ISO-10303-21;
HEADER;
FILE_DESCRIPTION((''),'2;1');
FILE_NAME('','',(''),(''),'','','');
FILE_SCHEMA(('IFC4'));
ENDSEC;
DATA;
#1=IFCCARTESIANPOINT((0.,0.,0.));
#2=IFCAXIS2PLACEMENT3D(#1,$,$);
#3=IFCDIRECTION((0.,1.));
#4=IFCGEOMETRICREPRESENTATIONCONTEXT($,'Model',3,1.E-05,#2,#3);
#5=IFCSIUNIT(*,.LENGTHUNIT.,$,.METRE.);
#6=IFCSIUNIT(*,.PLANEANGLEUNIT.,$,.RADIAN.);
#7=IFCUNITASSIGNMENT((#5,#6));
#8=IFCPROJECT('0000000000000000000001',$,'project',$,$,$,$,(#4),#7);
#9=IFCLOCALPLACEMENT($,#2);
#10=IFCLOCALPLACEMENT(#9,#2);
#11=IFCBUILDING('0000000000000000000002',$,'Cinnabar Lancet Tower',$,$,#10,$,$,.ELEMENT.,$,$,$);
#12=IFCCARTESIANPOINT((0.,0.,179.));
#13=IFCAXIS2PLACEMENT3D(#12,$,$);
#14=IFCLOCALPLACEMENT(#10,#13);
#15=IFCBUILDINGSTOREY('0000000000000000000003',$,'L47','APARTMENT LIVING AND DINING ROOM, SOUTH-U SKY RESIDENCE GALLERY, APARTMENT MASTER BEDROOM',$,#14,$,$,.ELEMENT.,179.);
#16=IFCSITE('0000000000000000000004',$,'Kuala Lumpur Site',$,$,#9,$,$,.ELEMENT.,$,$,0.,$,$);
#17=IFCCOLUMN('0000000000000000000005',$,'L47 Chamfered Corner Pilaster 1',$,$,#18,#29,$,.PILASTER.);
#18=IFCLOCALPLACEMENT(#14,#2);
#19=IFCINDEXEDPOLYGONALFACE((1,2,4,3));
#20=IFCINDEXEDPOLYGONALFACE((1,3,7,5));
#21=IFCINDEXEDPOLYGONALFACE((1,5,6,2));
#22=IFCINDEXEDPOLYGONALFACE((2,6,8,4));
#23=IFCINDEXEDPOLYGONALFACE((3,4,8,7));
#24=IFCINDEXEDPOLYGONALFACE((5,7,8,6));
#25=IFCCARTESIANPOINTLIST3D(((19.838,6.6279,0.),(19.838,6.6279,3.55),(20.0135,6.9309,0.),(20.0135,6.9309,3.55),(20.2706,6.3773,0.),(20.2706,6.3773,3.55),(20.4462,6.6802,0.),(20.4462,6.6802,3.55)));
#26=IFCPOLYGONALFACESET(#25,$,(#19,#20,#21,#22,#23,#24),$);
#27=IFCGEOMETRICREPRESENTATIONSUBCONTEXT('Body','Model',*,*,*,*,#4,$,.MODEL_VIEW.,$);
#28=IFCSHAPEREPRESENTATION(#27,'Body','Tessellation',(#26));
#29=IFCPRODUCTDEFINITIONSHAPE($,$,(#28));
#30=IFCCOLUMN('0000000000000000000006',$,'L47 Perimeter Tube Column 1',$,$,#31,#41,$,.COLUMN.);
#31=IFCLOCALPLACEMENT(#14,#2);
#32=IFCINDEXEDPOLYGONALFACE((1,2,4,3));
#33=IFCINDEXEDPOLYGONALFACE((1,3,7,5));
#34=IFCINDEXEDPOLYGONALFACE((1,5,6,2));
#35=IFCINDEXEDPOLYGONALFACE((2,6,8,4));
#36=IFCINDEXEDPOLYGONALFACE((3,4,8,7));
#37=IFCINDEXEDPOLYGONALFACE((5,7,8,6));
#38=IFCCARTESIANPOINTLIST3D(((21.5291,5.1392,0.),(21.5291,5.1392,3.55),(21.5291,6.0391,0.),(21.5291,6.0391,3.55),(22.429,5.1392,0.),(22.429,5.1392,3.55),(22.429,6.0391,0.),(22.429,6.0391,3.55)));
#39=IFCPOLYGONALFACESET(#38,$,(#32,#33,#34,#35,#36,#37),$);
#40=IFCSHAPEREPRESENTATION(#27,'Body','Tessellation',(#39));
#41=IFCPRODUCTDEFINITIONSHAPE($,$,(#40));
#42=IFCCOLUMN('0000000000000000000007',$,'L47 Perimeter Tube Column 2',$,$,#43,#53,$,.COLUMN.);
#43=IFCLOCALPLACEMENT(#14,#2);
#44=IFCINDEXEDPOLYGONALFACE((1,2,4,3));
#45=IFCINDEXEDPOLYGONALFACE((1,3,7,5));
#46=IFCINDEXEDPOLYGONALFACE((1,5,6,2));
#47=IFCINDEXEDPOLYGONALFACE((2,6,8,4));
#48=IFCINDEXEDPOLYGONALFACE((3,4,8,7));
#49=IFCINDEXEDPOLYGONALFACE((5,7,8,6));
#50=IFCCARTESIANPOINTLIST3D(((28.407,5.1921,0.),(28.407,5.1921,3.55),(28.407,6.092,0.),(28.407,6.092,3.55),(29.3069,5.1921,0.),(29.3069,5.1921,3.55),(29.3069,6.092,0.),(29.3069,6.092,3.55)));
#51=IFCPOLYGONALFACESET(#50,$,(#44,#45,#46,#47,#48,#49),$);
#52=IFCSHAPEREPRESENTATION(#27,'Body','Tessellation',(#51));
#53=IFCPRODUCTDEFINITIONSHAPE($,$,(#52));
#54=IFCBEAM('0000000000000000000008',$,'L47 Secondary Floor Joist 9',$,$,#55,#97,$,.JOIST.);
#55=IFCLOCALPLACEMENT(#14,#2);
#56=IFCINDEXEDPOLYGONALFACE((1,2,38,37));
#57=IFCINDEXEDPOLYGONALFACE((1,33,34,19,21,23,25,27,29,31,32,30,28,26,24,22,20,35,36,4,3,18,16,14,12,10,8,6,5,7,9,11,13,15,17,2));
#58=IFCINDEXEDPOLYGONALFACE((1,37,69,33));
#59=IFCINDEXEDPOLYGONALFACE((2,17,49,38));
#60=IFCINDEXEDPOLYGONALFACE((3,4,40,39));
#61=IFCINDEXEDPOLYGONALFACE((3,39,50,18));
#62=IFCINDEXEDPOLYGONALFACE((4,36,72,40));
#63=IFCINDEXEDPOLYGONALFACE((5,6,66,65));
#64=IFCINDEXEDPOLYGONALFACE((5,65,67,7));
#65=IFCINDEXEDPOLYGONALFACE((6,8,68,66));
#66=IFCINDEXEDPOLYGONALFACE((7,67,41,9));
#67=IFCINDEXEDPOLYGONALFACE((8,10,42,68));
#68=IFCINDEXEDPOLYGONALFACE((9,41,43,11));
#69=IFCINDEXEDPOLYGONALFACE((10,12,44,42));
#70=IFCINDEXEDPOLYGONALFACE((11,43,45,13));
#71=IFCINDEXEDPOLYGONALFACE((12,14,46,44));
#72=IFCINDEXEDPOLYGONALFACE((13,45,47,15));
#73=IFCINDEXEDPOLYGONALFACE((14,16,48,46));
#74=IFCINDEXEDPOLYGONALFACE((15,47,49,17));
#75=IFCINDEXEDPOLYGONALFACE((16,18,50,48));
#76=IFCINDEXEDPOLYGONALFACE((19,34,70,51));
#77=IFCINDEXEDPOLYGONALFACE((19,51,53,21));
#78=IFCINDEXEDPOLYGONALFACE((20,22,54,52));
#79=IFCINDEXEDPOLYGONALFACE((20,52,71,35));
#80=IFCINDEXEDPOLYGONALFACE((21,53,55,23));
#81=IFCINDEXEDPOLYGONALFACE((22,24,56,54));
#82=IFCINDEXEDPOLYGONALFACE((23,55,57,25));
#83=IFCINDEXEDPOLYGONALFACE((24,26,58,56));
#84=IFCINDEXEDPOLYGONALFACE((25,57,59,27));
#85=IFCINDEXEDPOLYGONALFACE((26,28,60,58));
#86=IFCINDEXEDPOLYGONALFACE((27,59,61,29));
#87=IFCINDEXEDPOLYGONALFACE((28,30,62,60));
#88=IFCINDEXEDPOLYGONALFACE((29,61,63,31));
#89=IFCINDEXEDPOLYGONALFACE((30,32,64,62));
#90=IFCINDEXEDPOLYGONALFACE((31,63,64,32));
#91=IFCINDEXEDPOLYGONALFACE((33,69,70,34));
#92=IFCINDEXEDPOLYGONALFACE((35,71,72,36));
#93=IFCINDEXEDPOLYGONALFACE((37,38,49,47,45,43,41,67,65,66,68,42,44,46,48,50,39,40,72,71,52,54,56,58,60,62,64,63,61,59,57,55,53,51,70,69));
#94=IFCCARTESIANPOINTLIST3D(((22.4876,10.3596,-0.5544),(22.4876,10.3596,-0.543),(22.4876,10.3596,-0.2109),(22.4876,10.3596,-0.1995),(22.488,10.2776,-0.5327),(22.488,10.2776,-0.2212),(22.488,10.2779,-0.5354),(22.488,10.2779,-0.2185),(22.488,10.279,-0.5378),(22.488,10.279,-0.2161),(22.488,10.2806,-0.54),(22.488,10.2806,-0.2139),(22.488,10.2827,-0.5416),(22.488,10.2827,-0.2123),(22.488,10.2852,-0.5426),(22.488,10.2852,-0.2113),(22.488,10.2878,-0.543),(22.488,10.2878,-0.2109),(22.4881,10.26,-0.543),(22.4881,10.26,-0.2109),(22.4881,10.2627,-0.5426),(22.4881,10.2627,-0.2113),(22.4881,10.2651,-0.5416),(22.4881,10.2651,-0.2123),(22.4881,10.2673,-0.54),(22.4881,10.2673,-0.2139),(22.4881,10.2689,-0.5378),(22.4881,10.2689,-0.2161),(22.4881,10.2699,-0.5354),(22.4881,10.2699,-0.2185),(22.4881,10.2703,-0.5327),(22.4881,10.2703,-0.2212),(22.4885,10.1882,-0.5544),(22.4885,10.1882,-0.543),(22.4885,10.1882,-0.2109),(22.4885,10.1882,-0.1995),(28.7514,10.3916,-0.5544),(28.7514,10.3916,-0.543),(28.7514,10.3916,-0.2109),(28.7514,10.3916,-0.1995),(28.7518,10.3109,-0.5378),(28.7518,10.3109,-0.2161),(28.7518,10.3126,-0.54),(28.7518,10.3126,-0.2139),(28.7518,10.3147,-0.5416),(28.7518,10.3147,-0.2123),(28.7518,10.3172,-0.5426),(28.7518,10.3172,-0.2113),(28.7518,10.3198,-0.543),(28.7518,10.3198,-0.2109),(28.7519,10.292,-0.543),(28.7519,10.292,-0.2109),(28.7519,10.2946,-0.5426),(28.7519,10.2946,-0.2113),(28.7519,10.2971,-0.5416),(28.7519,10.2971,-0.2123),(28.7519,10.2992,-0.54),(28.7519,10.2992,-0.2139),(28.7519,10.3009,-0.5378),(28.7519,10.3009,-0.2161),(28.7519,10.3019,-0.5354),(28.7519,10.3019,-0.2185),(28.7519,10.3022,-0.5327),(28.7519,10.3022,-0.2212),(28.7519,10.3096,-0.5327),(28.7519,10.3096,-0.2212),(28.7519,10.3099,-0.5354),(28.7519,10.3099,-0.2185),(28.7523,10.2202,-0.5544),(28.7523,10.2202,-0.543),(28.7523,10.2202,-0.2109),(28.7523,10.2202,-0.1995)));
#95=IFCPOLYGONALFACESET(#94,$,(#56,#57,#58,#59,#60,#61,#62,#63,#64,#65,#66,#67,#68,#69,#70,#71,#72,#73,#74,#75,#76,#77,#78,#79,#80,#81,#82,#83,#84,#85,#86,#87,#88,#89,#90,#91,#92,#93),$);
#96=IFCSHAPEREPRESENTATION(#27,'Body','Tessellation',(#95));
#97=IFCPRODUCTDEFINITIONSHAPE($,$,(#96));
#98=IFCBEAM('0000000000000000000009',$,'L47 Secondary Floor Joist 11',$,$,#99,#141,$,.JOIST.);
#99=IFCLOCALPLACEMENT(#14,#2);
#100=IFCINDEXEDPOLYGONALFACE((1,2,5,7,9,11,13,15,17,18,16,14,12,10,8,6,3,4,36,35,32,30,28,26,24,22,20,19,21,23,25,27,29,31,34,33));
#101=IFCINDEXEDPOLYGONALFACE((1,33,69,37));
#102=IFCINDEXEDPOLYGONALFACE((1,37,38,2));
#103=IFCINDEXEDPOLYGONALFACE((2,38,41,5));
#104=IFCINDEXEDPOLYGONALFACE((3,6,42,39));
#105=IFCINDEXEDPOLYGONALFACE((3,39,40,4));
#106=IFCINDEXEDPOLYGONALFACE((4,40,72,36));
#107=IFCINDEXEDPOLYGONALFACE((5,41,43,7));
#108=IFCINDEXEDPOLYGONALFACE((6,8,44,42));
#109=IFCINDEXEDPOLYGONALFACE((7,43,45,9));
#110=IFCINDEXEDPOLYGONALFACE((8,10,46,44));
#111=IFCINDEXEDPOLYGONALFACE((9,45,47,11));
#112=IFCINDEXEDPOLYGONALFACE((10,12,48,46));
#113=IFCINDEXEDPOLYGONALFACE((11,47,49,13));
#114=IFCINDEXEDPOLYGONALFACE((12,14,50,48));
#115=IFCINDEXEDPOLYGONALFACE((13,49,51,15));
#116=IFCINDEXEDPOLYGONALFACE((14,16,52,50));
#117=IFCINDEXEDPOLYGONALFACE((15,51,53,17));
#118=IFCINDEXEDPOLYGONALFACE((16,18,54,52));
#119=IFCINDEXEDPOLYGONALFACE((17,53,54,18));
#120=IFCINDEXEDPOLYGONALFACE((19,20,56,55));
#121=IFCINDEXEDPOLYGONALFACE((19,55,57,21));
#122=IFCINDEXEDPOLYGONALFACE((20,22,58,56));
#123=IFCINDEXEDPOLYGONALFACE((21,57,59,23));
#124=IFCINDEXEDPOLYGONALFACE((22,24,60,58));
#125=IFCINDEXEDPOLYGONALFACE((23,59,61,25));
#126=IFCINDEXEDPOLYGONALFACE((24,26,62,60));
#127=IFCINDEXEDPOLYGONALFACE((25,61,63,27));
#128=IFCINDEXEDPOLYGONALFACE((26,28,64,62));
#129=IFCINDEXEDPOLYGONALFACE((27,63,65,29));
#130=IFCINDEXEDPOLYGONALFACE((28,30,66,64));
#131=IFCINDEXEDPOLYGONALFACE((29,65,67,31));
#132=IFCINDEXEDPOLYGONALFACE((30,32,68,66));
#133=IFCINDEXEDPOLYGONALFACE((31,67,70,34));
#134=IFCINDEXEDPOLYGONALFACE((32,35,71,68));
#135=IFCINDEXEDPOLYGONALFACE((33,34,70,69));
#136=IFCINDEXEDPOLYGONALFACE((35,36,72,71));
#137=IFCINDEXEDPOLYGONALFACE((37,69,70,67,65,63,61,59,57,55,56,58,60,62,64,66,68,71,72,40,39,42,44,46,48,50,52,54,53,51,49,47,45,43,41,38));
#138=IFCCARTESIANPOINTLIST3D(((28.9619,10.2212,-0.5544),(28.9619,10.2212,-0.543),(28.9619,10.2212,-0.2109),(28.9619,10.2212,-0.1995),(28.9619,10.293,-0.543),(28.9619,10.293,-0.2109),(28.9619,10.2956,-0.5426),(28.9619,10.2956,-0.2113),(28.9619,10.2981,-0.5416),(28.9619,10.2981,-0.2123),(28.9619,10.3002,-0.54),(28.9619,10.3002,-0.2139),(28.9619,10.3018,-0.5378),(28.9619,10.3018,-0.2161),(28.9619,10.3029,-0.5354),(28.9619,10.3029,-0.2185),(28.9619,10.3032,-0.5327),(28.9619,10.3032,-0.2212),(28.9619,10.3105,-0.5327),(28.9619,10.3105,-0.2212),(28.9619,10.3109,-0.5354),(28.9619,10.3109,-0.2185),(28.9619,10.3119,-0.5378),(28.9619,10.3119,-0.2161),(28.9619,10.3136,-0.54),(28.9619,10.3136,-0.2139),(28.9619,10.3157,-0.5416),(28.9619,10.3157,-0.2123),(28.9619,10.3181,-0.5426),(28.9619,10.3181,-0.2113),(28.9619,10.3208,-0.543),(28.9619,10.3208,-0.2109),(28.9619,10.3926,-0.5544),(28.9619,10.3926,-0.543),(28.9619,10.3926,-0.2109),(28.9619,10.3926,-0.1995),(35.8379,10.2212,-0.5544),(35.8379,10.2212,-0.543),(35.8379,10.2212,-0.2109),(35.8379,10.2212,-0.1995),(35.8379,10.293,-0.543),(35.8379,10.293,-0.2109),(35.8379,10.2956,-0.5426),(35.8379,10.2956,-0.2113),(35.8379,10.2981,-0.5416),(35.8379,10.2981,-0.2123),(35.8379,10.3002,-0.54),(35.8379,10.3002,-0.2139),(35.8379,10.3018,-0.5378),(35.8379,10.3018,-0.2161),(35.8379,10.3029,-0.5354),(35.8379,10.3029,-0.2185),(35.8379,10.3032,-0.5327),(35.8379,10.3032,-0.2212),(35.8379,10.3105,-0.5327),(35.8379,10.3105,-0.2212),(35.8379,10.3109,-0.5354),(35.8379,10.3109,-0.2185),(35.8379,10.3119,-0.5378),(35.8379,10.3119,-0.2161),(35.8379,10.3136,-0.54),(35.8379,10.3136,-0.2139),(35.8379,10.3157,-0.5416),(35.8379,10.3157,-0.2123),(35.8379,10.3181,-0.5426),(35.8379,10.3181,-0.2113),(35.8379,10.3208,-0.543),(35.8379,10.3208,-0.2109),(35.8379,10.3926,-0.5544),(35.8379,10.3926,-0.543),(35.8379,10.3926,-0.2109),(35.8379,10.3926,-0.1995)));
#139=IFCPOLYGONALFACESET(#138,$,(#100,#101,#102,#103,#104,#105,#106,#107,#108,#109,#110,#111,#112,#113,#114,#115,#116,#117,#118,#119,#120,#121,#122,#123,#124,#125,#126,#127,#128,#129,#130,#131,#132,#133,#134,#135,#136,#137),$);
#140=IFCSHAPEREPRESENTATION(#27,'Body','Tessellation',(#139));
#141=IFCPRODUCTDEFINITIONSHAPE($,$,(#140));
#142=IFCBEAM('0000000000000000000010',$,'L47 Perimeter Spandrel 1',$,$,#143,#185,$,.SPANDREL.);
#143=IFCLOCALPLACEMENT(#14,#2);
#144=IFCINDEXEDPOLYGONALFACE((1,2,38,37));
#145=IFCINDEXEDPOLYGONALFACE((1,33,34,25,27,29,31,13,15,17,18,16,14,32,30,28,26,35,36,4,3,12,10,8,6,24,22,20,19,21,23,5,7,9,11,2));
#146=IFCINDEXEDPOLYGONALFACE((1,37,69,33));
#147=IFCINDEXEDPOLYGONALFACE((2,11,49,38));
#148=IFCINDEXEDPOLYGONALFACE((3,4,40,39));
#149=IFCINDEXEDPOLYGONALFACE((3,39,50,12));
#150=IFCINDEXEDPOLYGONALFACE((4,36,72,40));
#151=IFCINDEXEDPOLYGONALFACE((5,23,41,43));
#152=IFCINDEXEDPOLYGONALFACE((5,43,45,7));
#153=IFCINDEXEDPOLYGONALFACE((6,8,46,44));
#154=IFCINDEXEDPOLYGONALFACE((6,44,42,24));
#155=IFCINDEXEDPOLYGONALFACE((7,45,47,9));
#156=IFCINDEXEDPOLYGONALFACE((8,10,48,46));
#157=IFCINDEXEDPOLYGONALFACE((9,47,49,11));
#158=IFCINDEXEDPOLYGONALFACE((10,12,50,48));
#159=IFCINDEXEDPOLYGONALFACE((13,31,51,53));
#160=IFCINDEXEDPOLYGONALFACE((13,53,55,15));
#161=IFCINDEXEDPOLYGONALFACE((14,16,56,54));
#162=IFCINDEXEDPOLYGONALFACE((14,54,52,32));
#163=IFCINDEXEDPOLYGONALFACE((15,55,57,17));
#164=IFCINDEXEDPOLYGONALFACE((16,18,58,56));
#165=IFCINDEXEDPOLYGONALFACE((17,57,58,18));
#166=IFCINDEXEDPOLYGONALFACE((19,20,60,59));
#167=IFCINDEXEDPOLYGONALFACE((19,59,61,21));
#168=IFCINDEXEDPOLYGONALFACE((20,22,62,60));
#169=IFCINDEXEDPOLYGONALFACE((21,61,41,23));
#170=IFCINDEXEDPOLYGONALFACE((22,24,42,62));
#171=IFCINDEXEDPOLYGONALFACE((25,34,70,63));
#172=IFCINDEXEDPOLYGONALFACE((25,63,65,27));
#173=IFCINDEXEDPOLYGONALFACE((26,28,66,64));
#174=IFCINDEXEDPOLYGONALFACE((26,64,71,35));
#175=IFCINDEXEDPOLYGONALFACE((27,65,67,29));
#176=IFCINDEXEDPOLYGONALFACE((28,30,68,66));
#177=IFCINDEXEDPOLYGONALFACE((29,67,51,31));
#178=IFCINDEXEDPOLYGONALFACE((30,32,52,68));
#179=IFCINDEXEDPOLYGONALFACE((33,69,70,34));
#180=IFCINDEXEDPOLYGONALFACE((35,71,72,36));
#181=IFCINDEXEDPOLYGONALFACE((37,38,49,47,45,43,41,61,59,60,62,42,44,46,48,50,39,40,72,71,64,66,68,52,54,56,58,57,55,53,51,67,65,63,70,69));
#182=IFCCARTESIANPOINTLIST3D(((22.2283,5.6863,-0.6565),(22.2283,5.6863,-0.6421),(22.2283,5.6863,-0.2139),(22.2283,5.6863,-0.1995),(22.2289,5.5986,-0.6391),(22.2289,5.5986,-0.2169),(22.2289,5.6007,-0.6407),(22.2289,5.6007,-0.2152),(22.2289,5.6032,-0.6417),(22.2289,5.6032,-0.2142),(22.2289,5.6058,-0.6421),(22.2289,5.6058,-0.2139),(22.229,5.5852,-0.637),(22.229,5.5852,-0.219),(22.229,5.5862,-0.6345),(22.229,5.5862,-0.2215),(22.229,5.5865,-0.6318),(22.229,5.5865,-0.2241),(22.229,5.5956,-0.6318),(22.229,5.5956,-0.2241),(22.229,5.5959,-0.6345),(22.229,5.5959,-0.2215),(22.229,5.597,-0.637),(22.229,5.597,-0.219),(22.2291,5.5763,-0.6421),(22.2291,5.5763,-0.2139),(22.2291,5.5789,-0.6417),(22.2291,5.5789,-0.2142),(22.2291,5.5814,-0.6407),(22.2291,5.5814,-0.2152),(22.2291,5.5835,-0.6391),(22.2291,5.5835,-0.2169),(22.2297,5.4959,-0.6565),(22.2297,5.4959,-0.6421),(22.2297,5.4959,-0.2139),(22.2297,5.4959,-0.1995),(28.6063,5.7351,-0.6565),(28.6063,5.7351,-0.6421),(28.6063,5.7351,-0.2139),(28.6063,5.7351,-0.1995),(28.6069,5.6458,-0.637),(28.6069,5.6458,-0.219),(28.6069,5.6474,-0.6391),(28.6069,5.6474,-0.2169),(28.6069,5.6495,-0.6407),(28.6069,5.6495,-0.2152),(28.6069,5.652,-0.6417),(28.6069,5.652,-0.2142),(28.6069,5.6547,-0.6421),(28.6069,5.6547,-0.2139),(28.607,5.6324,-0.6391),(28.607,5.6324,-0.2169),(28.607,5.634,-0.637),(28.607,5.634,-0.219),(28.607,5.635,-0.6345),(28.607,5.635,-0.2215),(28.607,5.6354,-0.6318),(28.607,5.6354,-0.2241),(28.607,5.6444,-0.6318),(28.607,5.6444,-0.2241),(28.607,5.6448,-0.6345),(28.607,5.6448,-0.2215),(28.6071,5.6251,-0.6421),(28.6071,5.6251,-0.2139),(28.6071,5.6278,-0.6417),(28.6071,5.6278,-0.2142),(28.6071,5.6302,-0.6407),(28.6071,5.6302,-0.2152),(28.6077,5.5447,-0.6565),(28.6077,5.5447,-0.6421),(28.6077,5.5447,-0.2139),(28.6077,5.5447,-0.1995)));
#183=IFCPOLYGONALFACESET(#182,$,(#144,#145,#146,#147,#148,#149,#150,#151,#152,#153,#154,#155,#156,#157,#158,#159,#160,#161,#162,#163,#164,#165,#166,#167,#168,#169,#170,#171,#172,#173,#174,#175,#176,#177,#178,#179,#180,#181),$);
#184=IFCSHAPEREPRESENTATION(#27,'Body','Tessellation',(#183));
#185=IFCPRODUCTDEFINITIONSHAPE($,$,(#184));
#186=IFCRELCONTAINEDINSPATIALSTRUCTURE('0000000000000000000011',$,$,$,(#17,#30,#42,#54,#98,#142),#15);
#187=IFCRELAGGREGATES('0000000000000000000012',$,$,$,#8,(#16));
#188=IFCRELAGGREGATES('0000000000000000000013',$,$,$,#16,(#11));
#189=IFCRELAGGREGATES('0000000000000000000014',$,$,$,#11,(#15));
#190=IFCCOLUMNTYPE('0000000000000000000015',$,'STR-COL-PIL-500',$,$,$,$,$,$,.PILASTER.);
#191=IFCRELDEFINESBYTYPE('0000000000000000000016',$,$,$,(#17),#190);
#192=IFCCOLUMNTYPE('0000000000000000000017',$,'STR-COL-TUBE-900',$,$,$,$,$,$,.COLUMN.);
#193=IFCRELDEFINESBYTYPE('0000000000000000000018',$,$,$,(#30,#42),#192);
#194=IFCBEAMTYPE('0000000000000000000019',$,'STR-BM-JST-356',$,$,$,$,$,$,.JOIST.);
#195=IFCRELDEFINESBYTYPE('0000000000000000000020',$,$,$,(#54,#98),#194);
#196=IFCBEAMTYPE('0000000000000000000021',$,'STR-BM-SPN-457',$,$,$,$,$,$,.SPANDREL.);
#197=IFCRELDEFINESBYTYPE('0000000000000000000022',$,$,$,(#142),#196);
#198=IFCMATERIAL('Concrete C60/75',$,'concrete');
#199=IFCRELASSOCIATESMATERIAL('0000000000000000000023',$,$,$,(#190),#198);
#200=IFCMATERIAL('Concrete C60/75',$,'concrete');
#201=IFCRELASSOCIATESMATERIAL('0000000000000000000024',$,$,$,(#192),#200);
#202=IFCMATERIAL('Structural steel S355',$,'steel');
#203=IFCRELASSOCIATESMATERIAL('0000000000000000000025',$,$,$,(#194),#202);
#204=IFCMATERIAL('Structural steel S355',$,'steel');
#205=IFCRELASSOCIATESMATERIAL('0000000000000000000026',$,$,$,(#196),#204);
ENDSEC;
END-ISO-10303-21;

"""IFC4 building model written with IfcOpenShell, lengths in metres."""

from ifc_helpers import new_model, si_unit, direction, frame, origin, origin_2d, place, context, subcontext, project, spatial, rectangle, i_section, extrude, material, material_profile, profile_set, type_object, element, save


model = new_model("IFC4")

# Units and contexts
model_context = context("Model", 3, precision=1e-05, world=origin(), true_north=direction((0.0, 1.0)))
body_context = subcontext(model_context, "Body", "Model", "MODEL_VIEW")
ifc_project = project(units=[si_unit("LENGTHUNIT", "METRE"), si_unit("PLANEANGLEUNIT", "RADIAN")], contexts=[model_context])

# Site, building, storey
site_placement = place(None, origin())
site = spatial("IfcSite", under=ifc_project, at=site_placement, Name="Kuala Lumpur Site", CompositionType="ELEMENT", RefElevation=0.0)
building_placement = place(site_placement, origin())
building = spatial("IfcBuilding", under=site, at=building_placement, Name="Cinnabar Lancet Tower", CompositionType="ELEMENT")
storey_placement = place(building_placement, frame((0.0, 0.0, 179.0)))
storey = spatial("IfcBuildingStorey", under=building, at=storey_placement, Name="L47", Description="APARTMENT LIVING AND DINING ROOM, SOUTH-U SKY RESIDENCE GALLERY, APARTMENT MASTER BEDROOM", CompositionType="ELEMENT", Elevation=179.0)

# Columns
ifc_material_1 = material(Name="Concrete C60/75", Category="concrete")
ifc_material_profile_1 = material_profile(ifc_material_1, rectangle(XDim=0.5, YDim=0.3501, at=origin_2d()), Name="RC-PIL 500x350")
ifc_profile_set_1 = profile_set([ifc_material_profile_1], Name="Concrete C60/75")
column_type_1 = type_object("IfcColumnType", Name="STR-COL-PIL-500", PredefinedType="PILASTER", material=ifc_profile_set_1)
column_placement = place(storey_placement, frame((20.1421, 6.6541, 0.0), z_axis=(0.0, 0.0, 1.0), x_axis=(0.86523, -0.501375, 0.0)))
element("IfcColumn", 1, at=column_placement, inside=storey, type_object=column_type_1, Name="L47 Chamfered Corner Pilaster 1", PredefinedType="PILASTER", context=body_context, shape_type="SweptSolid", body=[
    extrude(rectangle(XDim=0.5, YDim=0.3501, at=origin_2d()), origin(), (0.0, 0.0, 1.0), 3.55),
])
ifc_material_2 = material(Name="Concrete C60/75", Category="concrete")
ifc_material_profile_2 = material_profile(ifc_material_2, rectangle(XDim=0.8999, YDim=0.8999, at=origin_2d()), Name="RC-COL 900x900")
ifc_profile_set_2 = profile_set([ifc_material_profile_2], Name="Concrete C60/75")
column_type_2 = type_object("IfcColumnType", Name="STR-COL-TUBE-900", PredefinedType="COLUMN", material=ifc_profile_set_2)
for number, where, z_axis, x_axis, name in (
    (2, (21.979, 5.5891, 0.0), (0.0, 0.0, 1.0), (1.0, 0.0, 0.0), "L47 Perimeter Tube Column 1"),
    (3, (28.8569, 5.6421, 0.0), (0.0, 0.0, 1.0), (1.0, 0.0, 0.0), "L47 Perimeter Tube Column 2"),
):
    element("IfcColumn", number, at=place(storey_placement, frame(where, z_axis=z_axis, x_axis=x_axis)), inside=storey, type_object=column_type_2, Name=name, PredefinedType="COLUMN", context=body_context, shape_type="SweptSolid", body=[
        extrude(rectangle(XDim=0.8999, YDim=0.8999, at=origin_2d()), origin(), (0.0, 0.0, 1.0), 3.55),
    ])

# Beams
ifc_material_3 = material(Name="Structural steel S355", Category="steel")
ifc_material_profile_3 = material_profile(ifc_material_3, i_section(OverallWidth=0.1714, OverallDepth=0.355, WebThickness=0.0073, FlangeThickness=0.0115, FilletRadius=0.0103, at=origin_2d()), Name="UKB 356x171x51")
ifc_profile_set_3 = profile_set([ifc_material_profile_3], Name="Structural steel S355")
beam_type_1 = type_object("IfcBeamType", Name="STR-BM-JST-356", PredefinedType="JOIST", material=ifc_profile_set_3)
beam_1_placement = place(storey_placement, frame((22.488, 10.2739, -0.377), z_axis=(0.999987, 0.005106, 0.0), x_axis=(-0.005106, 0.999987, 0.0)))
element("IfcBeam", 4, at=beam_1_placement, inside=storey, type_object=beam_type_1, Name="L47 Secondary Floor Joist 9", PredefinedType="JOIST", context=body_context, shape_type="SweptSolid", body=[
    extrude(i_section(OverallWidth=0.1714, OverallDepth=0.355, WebThickness=0.0073, FlangeThickness=0.0115, FilletRadius=0.0103, at=origin_2d()), origin(), (0.0, 0.0, 1.0), 6.2639),
])
beam_2_placement = place(storey_placement, frame((28.9619, 10.3069, -0.377), z_axis=(1.0, 0.0, 0.0), x_axis=(0.0, 1.0, 0.0)))
element("IfcBeam", 5, at=beam_2_placement, inside=storey, type_object=beam_type_1, Name="L47 Secondary Floor Joist 11", PredefinedType="JOIST", context=body_context, shape_type="SweptSolid", body=[
    extrude(i_section(OverallWidth=0.1714, OverallDepth=0.355, WebThickness=0.0073, FlangeThickness=0.0115, FilletRadius=0.0103, at=origin_2d()), origin(), (0.0, 0.0, 1.0), 6.876),
])
ifc_material_4 = material(Name="Structural steel S355", Category="steel")
ifc_material_profile_4 = material_profile(ifc_material_4, i_section(OverallWidth=0.1904, OverallDepth=0.457, WebThickness=0.009, FlangeThickness=0.0144, FilletRadius=0.0103, at=origin_2d()), Name="UKB 457x191x74")
ifc_profile_set_4 = profile_set([ifc_material_profile_4], Name="Structural steel S355")
beam_type_2 = type_object("IfcBeamType", Name="STR-BM-SPN-457", PredefinedType="SPANDREL", material=ifc_profile_set_4)
beam_3_placement = place(storey_placement, frame((22.229, 5.5911, -0.428), z_axis=(0.999971, 0.007656, 0.0), x_axis=(-0.007656, 0.999971, 0.0)))
element("IfcBeam", 6, at=beam_3_placement, inside=storey, type_object=beam_type_2, Name="L47 Perimeter Spandrel 1", PredefinedType="SPANDREL", context=body_context, shape_type="SweptSolid", body=[
    extrude(i_section(OverallWidth=0.1904, OverallDepth=0.457, WebThickness=0.009, FlangeThickness=0.0144, FilletRadius=0.0103, at=origin_2d()), origin(), (0.0, 0.0, 1.0), 6.3782),
])

save(model, "model.ifc")
